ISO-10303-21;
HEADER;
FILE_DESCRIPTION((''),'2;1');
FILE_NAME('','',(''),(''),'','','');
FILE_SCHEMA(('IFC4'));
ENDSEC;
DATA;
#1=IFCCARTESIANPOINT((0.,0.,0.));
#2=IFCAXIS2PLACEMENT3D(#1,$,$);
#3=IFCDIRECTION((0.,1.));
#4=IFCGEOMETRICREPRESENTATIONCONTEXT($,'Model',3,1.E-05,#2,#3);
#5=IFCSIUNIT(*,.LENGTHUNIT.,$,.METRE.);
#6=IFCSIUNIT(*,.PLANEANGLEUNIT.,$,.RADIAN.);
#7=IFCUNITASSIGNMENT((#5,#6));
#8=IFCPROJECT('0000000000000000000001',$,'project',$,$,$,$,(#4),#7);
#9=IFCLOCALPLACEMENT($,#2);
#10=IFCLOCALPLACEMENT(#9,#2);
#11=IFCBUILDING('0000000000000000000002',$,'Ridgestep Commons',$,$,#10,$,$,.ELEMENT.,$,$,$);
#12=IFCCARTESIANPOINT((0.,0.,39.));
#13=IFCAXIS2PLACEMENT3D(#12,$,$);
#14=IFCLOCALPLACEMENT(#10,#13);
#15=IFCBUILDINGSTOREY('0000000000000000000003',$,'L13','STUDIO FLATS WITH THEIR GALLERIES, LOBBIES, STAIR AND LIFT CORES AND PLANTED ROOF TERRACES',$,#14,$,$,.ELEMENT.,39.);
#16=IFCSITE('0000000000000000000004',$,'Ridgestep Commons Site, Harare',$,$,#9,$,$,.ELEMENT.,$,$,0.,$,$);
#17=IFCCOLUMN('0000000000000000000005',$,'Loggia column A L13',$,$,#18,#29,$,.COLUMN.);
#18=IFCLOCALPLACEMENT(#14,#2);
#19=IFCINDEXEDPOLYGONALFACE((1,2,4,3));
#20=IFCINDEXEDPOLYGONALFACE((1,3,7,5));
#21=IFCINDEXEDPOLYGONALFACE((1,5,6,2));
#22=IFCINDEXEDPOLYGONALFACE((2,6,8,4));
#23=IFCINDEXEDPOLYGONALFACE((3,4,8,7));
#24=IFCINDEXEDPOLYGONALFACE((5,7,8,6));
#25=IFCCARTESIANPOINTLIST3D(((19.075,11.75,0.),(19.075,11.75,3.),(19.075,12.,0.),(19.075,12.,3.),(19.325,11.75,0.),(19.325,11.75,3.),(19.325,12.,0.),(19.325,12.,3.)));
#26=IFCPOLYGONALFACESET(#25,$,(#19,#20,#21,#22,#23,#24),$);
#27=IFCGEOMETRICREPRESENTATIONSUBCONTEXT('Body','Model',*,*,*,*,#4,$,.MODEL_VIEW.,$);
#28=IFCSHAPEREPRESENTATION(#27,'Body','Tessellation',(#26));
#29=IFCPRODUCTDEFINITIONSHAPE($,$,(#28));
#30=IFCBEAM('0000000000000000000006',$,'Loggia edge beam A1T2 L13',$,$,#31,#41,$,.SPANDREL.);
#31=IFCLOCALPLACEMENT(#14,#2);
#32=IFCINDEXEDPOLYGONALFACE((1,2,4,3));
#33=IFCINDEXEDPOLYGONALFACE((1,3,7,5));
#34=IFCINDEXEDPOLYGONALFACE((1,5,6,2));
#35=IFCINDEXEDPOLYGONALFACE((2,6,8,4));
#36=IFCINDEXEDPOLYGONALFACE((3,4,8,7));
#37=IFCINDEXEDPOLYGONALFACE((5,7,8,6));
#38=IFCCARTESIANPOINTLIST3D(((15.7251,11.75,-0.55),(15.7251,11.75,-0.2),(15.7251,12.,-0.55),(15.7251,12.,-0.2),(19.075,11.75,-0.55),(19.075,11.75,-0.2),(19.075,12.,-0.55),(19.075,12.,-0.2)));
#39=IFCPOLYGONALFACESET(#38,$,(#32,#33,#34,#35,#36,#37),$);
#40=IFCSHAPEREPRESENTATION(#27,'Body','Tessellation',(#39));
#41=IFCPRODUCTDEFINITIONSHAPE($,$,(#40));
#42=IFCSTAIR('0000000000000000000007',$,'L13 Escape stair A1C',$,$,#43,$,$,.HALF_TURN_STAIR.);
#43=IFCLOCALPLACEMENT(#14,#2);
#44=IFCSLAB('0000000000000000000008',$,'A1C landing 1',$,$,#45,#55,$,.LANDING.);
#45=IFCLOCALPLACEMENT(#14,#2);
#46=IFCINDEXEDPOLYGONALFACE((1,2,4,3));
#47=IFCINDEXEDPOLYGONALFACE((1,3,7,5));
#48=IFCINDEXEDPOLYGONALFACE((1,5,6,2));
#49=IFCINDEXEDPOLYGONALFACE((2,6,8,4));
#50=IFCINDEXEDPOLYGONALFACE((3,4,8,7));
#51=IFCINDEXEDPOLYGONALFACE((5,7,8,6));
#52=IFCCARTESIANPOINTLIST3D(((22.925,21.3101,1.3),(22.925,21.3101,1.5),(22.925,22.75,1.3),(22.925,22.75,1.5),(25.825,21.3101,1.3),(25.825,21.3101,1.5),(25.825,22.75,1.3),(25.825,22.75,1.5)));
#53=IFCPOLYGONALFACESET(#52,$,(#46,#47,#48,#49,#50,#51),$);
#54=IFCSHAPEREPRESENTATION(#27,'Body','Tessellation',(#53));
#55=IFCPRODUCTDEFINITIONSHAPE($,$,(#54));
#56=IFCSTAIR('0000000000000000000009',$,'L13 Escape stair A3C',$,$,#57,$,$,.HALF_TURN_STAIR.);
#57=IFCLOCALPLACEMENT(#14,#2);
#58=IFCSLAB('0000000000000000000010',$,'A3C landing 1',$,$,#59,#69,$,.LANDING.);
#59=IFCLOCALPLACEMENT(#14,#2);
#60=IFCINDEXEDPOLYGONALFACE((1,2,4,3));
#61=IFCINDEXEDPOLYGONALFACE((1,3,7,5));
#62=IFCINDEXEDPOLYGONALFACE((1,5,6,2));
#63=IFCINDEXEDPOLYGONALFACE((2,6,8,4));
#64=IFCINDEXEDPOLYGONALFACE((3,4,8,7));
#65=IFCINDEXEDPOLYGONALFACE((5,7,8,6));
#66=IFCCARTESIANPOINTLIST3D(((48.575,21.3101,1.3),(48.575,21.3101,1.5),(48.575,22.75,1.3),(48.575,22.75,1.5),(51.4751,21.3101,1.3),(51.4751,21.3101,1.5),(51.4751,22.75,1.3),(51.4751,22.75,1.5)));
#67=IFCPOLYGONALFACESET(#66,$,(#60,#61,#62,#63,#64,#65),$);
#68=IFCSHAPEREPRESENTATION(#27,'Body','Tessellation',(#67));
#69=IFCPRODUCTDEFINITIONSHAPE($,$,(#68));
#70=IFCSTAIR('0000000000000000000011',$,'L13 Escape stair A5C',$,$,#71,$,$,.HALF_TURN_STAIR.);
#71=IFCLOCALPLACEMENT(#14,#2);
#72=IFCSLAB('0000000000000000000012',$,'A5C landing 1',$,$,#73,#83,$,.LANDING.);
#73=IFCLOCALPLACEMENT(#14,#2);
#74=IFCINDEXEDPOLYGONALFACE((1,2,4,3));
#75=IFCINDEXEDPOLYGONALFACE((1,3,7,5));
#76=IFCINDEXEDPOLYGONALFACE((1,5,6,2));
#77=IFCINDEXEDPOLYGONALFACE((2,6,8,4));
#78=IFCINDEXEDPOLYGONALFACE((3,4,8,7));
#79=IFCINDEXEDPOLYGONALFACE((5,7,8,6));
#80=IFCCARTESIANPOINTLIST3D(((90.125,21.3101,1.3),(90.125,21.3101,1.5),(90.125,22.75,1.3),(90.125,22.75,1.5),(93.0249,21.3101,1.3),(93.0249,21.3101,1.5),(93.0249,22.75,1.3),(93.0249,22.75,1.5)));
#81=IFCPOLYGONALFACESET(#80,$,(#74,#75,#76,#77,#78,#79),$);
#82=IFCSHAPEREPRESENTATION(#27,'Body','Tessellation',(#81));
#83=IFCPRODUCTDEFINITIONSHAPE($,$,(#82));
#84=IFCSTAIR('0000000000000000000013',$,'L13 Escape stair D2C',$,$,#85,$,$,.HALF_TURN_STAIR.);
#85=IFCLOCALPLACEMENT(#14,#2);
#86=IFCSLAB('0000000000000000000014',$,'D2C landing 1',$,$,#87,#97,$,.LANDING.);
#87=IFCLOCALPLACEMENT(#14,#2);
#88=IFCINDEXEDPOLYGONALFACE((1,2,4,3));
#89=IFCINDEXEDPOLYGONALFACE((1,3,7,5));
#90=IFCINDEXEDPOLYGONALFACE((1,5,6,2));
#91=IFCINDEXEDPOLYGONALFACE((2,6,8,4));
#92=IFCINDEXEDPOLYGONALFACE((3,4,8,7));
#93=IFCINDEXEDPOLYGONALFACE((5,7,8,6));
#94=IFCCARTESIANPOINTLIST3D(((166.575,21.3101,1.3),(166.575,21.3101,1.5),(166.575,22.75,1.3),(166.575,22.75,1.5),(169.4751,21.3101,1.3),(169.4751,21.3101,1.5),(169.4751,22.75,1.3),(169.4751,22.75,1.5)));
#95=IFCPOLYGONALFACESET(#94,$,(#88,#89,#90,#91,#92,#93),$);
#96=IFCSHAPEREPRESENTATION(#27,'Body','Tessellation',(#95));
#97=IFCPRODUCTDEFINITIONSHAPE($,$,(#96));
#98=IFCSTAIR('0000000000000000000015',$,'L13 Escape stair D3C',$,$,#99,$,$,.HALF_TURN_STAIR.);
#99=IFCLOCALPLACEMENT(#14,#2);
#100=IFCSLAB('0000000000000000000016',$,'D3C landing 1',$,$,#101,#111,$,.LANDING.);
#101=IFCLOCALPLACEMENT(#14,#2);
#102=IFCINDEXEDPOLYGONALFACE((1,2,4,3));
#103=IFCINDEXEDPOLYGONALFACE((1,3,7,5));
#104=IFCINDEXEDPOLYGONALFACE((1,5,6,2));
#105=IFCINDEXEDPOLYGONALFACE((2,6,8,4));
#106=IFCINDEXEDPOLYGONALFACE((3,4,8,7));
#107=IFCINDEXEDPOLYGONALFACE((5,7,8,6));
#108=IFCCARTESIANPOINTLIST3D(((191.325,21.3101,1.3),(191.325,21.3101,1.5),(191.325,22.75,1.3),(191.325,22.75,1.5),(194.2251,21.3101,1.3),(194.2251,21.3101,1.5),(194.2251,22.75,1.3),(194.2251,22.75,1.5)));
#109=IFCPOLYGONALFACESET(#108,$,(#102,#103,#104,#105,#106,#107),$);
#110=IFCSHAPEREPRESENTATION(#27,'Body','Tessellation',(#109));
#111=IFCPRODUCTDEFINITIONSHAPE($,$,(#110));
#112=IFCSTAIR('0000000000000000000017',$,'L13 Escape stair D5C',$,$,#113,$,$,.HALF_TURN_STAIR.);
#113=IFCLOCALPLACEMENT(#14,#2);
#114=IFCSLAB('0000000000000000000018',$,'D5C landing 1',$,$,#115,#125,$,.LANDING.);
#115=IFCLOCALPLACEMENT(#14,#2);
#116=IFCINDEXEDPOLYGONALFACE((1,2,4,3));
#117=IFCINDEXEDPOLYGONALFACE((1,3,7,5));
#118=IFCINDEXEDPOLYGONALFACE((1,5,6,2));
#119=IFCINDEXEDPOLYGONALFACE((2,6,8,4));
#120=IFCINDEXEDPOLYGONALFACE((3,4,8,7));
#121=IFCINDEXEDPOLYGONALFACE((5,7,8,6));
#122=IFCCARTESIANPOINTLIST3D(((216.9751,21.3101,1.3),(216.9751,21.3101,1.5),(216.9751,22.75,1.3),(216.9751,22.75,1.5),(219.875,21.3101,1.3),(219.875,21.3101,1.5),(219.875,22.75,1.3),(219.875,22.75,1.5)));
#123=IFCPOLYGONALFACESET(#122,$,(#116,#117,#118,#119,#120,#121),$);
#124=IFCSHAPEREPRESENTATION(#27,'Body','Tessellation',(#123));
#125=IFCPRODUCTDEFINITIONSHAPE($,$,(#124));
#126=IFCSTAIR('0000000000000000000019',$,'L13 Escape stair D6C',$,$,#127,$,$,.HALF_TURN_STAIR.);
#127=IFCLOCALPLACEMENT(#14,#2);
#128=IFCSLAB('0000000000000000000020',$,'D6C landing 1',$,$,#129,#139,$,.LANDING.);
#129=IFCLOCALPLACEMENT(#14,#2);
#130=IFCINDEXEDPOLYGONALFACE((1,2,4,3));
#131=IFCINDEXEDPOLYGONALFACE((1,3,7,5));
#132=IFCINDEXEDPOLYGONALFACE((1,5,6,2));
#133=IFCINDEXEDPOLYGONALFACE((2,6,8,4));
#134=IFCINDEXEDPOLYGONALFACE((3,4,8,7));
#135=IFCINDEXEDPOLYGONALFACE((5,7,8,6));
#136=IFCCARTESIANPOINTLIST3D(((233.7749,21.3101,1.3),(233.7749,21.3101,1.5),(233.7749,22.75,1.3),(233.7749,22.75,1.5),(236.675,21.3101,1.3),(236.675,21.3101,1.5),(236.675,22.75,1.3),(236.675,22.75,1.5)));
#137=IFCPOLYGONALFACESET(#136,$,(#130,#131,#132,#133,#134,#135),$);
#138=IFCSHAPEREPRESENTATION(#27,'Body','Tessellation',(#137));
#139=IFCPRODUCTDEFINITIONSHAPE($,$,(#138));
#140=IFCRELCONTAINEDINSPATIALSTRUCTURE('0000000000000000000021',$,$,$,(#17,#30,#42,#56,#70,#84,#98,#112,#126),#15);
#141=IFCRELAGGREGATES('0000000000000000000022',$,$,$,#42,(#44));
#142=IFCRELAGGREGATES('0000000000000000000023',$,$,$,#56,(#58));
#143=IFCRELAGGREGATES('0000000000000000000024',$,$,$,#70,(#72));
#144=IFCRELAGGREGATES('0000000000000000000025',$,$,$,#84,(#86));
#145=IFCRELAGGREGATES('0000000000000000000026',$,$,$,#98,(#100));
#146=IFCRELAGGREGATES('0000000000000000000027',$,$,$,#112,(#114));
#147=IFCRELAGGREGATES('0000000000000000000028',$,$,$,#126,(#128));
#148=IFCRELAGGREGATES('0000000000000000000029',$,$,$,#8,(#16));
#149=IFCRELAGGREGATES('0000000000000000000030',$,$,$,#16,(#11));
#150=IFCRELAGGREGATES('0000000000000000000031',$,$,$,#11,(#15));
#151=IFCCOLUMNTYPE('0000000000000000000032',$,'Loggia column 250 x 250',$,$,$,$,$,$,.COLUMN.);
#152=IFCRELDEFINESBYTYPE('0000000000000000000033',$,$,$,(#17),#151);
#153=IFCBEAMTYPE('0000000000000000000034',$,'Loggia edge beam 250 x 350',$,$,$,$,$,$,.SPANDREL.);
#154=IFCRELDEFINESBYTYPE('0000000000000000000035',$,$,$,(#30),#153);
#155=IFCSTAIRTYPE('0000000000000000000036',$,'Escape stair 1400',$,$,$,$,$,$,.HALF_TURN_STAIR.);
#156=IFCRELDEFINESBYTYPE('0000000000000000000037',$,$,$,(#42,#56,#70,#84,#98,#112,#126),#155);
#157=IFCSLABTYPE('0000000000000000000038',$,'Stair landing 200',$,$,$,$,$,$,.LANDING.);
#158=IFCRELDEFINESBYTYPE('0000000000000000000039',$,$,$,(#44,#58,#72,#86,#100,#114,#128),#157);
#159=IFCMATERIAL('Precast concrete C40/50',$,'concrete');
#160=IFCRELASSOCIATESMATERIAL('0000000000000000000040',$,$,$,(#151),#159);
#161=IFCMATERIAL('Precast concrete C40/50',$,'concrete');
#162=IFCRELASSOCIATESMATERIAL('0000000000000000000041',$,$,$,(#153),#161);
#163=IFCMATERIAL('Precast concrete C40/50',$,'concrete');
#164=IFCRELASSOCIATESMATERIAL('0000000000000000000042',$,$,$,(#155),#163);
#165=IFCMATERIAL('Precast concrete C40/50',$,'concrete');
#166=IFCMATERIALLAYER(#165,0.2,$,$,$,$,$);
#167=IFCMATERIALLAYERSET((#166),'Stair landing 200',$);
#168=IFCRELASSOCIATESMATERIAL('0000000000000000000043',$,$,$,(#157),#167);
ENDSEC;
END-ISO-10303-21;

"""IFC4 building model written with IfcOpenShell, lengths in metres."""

from ifc_helpers import new_model, si_unit, direction, frame, origin, origin_2d, place, context, subcontext, project, spatial, polyline, rectangle, outline, extrude, material, layer, layer_set, material_profile, profile_set, type_object, element, aggregate, save


model = new_model("IFC4")

# Units and contexts
model_context = context("Model", 3, precision=1e-05, world=origin(), true_north=direction((0.0, 1.0)))
body_context = subcontext(model_context, "Body", "Model", "MODEL_VIEW")
ifc_project = project(units=[si_unit("LENGTHUNIT", "METRE"), si_unit("PLANEANGLEUNIT", "RADIAN")], contexts=[model_context])

# Site, building, storey
site_placement = place(None, origin())
site = spatial("IfcSite", under=ifc_project, at=site_placement, Name="Ridgestep Commons Site, Harare", CompositionType="ELEMENT", RefElevation=0.0)
building_placement = place(site_placement, origin())
building = spatial("IfcBuilding", under=site, at=building_placement, Name="Ridgestep Commons", CompositionType="ELEMENT")
storey_placement = place(building_placement, frame((0.0, 0.0, 39.0)))
storey = spatial("IfcBuildingStorey", under=building, at=storey_placement, Name="L13", Description="STUDIO FLATS WITH THEIR GALLERIES, LOBBIES, STAIR AND LIFT CORES AND PLANTED ROOF TERRACES", CompositionType="ELEMENT", Elevation=39.0)

# Column
ifc_material_1 = material(Name="Precast concrete C40/50", Category="concrete")
ifc_material_profile_1 = material_profile(ifc_material_1, rectangle(XDim=0.25, YDim=0.25, at=origin_2d()), Name="PC 250x250")
ifc_profile_set_1 = profile_set([ifc_material_profile_1], Name="Precast concrete C40/50")
column_type = type_object("IfcColumnType", Name="Loggia column 250 x 250", PredefinedType="COLUMN", material=ifc_profile_set_1)
column_placement = place(storey_placement, frame((19.2, 11.875, 0.0), z_axis=(0.0, 0.0, 1.0), x_axis=(1.0, 0.0, 0.0)))
element("IfcColumn", 1, at=column_placement, inside=storey, type_object=column_type, Name="Loggia column A L13", PredefinedType="COLUMN", context=body_context, shape_type="SweptSolid", body=[
    extrude(rectangle(XDim=0.25, YDim=0.25, at=origin_2d()), origin(), (0.0, 0.0, 1.0), 3.0),
])

# Beam
ifc_material_2 = material(Name="Precast concrete C40/50", Category="concrete")
ifc_material_profile_2 = material_profile(ifc_material_2, rectangle(XDim=0.25, YDim=0.3501, at=origin_2d()), Name="PC 250x350")
ifc_profile_set_2 = profile_set([ifc_material_profile_2], Name="Precast concrete C40/50")
beam_type = type_object("IfcBeamType", Name="Loggia edge beam 250 x 350", PredefinedType="SPANDREL", material=ifc_profile_set_2)
beam_placement = place(storey_placement, frame((15.7251, 11.875, -0.375), z_axis=(1.0, 0.0, 0.0), x_axis=(0.0, 1.0, 0.0)))
element("IfcBeam", 2, at=beam_placement, inside=storey, type_object=beam_type, Name="Loggia edge beam A1T2 L13", PredefinedType="SPANDREL", context=body_context, shape_type="SweptSolid", body=[
    extrude(rectangle(XDim=0.25, YDim=0.3501, at=origin_2d()), origin(), (0.0, 0.0, 1.0), 3.3499),
])

# Stairs, slabs
ifc_material_3 = material(Name="Precast concrete C40/50", Category="concrete")
stair_type = type_object("IfcStairType", Name="Escape stair 1400", PredefinedType="HALF_TURN_STAIR", material=ifc_material_3)
stair_1_placement = place(storey_placement, origin())
stair_1 = element("IfcStair", 3, at=stair_1_placement, inside=storey, type_object=stair_type, Name="L13 Escape stair A1C", PredefinedType="HALF_TURN_STAIR")
ifc_material_4 = material(Name="Precast concrete C40/50", Category="concrete")
ifc_layer_1 = layer(ifc_material_4, 0.2)
ifc_layer_set_1 = layer_set([ifc_layer_1], Name="Stair landing 200")
slab_type = type_object("IfcSlabType", Name="Stair landing 200", PredefinedType="LANDING", material=ifc_layer_set_1)
slab_1_placement = place(storey_placement, frame((0.0, 0.0, 1.3)))
slab_1 = element("IfcSlab", 4, at=slab_1_placement, type_object=slab_type, Name="A1C landing 1", PredefinedType="LANDING", context=body_context, shape_type="SweptSolid", body=[
    extrude(outline(polyline([(25.825, 21.3101), (25.825, 22.75), (22.925, 22.75), (22.925, 21.3101), (25.825, 21.3101)])), origin(), (0.0, 0.0, 1.0), 0.2),
])
aggregate(stair_1, [slab_1])
stair_2_placement = place(storey_placement, origin())
stair_2 = element("IfcStair", 5, at=stair_2_placement, inside=storey, type_object=stair_type, Name="L13 Escape stair A3C", PredefinedType="HALF_TURN_STAIR")
slab_2_placement = place(storey_placement, frame((0.0, 0.0, 1.3)))
slab_2 = element("IfcSlab", 6, at=slab_2_placement, type_object=slab_type, Name="A3C landing 1", PredefinedType="LANDING", context=body_context, shape_type="SweptSolid", body=[
    extrude(outline(polyline([(51.4751, 21.3101), (51.4751, 22.75), (48.575, 22.75), (48.575, 21.3101), (51.4751, 21.3101)])), origin(), (0.0, 0.0, 1.0), 0.2),
])
aggregate(stair_2, [slab_2])
stair_3_placement = place(storey_placement, origin())
stair_3 = element("IfcStair", 7, at=stair_3_placement, inside=storey, type_object=stair_type, Name="L13 Escape stair A5C", PredefinedType="HALF_TURN_STAIR")
slab_3_placement = place(storey_placement, frame((0.0, 0.0, 1.3)))
slab_3 = element("IfcSlab", 8, at=slab_3_placement, type_object=slab_type, Name="A5C landing 1", PredefinedType="LANDING", context=body_context, shape_type="SweptSolid", body=[
    extrude(outline(polyline([(93.0249, 21.3101), (93.0249, 22.75), (90.125, 22.75), (90.125, 21.3101), (93.0249, 21.3101)])), origin(), (0.0, 0.0, 1.0), 0.2),
])
aggregate(stair_3, [slab_3])
stair_4_placement = place(storey_placement, origin())
stair_4 = element("IfcStair", 9, at=stair_4_placement, inside=storey, type_object=stair_type, Name="L13 Escape stair D2C", PredefinedType="HALF_TURN_STAIR")
slab_4_placement = place(storey_placement, frame((0.0, 0.0, 1.3)))
slab_4 = element("IfcSlab", 10, at=slab_4_placement, type_object=slab_type, Name="D2C landing 1", PredefinedType="LANDING", context=body_context, shape_type="SweptSolid", body=[
    extrude(outline(polyline([(169.4751, 21.3101), (169.4751, 22.75), (166.575, 22.75), (166.575, 21.3101), (169.4751, 21.3101)])), origin(), (0.0, 0.0, 1.0), 0.2),
])
aggregate(stair_4, [slab_4])
stair_5_placement = place(storey_placement, origin())
stair_5 = element("IfcStair", 11, at=stair_5_placement, inside=storey, type_object=stair_type, Name="L13 Escape stair D3C", PredefinedType="HALF_TURN_STAIR")
slab_5_placement = place(storey_placement, frame((0.0, 0.0, 1.3)))
slab_5 = element("IfcSlab", 12, at=slab_5_placement, type_object=slab_type, Name="D3C landing 1", PredefinedType="LANDING", context=body_context, shape_type="SweptSolid", body=[
    extrude(outline(polyline([(194.2251, 21.3101), (194.2251, 22.75), (191.325, 22.75), (191.325, 21.3101), (194.2251, 21.3101)])), origin(), (0.0, 0.0, 1.0), 0.2),
])
aggregate(stair_5, [slab_5])
stair_6_placement = place(storey_placement, origin())
stair_6 = element("IfcStair", 13, at=stair_6_placement, inside=storey, type_object=stair_type, Name="L13 Escape stair D5C", PredefinedType="HALF_TURN_STAIR")
slab_6_placement = place(storey_placement, frame((0.0, 0.0, 1.3)))
slab_6 = element("IfcSlab", 14, at=slab_6_placement, type_object=slab_type, Name="D5C landing 1", PredefinedType="LANDING", context=body_context, shape_type="SweptSolid", body=[
    extrude(outline(polyline([(219.875, 21.3101), (219.875, 22.75), (216.9751, 22.75), (216.9751, 21.3101), (219.875, 21.3101)])), origin(), (0.0, 0.0, 1.0), 0.2),
])
aggregate(stair_6, [slab_6])
stair_7_placement = place(storey_placement, origin())
stair_7 = element("IfcStair", 15, at=stair_7_placement, inside=storey, type_object=stair_type, Name="L13 Escape stair D6C", PredefinedType="HALF_TURN_STAIR")
slab_7_placement = place(storey_placement, frame((0.0, 0.0, 1.3)))
slab_7 = element("IfcSlab", 16, at=slab_7_placement, type_object=slab_type, Name="D6C landing 1", PredefinedType="LANDING", context=body_context, shape_type="SweptSolid", body=[
    extrude(outline(polyline([(236.675, 21.3101), (236.675, 22.75), (233.7749, 22.75), (233.7749, 21.3101), (236.675, 21.3101)])), origin(), (0.0, 0.0, 1.0), 0.2),
])
aggregate(stair_7, [slab_7])

save(model, "model.ifc")
